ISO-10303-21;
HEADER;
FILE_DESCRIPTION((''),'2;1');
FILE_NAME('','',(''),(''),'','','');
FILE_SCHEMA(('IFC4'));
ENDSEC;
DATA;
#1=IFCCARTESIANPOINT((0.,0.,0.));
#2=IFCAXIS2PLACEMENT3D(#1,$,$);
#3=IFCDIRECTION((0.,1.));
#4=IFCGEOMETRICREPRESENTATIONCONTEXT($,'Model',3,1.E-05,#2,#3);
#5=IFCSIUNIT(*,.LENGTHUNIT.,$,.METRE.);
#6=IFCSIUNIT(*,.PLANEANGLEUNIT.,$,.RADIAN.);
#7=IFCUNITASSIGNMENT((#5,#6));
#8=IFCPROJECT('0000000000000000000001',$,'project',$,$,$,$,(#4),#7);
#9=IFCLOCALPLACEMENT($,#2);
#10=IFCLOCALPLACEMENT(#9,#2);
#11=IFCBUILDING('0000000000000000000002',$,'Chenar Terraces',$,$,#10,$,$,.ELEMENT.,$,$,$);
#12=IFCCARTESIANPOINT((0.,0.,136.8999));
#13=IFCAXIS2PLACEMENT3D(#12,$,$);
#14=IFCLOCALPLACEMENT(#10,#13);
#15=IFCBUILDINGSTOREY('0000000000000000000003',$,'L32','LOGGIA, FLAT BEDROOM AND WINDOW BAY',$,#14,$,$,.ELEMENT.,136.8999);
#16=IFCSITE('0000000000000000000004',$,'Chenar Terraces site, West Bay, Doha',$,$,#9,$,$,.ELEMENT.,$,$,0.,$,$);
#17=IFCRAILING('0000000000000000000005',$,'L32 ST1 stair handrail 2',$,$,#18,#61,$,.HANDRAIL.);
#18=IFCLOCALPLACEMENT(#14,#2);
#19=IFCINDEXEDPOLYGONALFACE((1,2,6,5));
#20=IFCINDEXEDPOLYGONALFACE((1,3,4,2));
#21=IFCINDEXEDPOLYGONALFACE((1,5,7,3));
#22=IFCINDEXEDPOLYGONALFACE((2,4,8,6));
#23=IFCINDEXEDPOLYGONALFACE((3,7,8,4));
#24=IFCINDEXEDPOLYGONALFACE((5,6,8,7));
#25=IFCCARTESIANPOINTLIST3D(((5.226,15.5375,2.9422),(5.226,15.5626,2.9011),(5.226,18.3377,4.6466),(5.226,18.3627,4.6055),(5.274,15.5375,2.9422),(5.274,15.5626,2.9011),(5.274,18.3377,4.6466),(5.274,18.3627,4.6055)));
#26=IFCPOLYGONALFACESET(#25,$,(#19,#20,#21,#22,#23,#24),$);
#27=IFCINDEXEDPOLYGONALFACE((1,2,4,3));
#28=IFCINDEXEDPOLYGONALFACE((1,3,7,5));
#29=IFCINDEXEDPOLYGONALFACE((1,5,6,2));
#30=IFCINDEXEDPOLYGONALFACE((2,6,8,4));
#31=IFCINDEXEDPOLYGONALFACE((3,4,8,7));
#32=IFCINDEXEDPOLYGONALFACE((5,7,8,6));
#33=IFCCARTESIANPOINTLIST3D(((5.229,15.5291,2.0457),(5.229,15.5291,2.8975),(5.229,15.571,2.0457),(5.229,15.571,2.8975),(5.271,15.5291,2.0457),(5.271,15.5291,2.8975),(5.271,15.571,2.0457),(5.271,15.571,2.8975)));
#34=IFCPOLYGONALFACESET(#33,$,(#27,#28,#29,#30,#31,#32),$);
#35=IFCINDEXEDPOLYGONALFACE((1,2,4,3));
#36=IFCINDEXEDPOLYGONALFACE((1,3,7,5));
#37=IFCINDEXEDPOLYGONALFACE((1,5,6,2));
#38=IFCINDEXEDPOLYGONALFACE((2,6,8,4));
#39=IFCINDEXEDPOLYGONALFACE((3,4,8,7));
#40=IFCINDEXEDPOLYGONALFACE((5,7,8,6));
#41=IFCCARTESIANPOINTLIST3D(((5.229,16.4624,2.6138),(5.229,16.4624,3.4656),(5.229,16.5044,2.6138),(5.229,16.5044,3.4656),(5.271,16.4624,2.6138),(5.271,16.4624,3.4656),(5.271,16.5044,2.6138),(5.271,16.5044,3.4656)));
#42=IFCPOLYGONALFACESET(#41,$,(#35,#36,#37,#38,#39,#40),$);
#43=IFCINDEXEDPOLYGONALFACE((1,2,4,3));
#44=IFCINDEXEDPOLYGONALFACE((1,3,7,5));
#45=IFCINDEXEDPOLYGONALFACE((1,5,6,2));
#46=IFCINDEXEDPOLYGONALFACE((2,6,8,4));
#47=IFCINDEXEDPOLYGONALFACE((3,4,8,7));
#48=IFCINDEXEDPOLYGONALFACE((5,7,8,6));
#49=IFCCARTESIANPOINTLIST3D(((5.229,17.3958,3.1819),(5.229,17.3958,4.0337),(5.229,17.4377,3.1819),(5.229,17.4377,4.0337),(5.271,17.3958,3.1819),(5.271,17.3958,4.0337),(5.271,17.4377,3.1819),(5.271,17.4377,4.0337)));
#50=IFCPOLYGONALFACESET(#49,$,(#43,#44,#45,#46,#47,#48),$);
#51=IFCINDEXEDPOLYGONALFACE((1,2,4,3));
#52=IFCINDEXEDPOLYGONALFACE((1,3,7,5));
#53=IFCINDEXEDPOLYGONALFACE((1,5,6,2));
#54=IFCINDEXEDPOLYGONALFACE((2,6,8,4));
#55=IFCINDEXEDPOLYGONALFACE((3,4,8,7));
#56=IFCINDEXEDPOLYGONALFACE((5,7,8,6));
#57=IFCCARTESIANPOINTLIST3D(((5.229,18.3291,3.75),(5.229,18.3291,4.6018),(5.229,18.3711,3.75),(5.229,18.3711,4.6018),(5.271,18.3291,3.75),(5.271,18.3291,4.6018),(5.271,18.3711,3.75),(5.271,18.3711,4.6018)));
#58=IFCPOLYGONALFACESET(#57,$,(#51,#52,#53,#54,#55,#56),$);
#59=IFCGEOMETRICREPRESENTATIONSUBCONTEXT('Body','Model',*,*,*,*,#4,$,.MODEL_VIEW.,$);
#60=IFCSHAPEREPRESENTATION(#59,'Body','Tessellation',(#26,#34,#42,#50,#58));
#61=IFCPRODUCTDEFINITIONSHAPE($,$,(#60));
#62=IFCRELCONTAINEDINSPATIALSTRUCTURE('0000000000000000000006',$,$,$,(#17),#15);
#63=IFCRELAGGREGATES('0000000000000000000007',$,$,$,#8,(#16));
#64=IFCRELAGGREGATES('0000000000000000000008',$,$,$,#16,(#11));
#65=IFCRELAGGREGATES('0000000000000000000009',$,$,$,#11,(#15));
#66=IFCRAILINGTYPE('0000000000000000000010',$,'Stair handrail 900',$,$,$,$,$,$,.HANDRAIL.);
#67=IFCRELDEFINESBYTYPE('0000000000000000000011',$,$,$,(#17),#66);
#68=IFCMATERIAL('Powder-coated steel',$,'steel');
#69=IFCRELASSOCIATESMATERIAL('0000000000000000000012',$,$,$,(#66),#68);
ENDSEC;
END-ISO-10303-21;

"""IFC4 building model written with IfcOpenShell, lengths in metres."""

from ifc_helpers import new_model, si_unit, direction, frame, origin, origin_2d, place, context, subcontext, project, spatial, rectangle, extrude, material, type_object, element, save


model = new_model("IFC4")

# Units and contexts
model_context = context("Model", 3, precision=1e-05, world=origin(), true_north=direction((0.0, 1.0)))
body_context = subcontext(model_context, "Body", "Model", "MODEL_VIEW")
ifc_project = project(units=[si_unit("LENGTHUNIT", "METRE"), si_unit("PLANEANGLEUNIT", "RADIAN")], contexts=[model_context])

# Site, building, storey
site_placement = place(None, origin())
site = spatial("IfcSite", under=ifc_project, at=site_placement, Name="Chenar Terraces site, West Bay, Doha", CompositionType="ELEMENT", RefElevation=0.0)
building_placement = place(site_placement, origin())
building = spatial("IfcBuilding", under=site, at=building_placement, Name="Chenar Terraces", CompositionType="ELEMENT")
storey_placement = place(building_placement, frame((0.0, 0.0, 136.8999)))
storey = spatial("IfcBuildingStorey", under=building, at=storey_placement, Name="L32", Description="LOGGIA, FLAT BEDROOM AND WINDOW BAY", CompositionType="ELEMENT", Elevation=136.8999)

# Railing
ifc_material_1 = material(Name="Powder-coated steel", Category="steel")
railing_type_1 = type_object("IfcRailingType", Name="Stair handrail 900", PredefinedType="HANDRAIL", material=ifc_material_1)
railing_1_placement = place(storey_placement, frame((5.25, 15.55, 2.0457)))
element("IfcRailing", 1, at=railing_1_placement, inside=storey, type_object=railing_type_1, Name="L32 ST1 stair handrail 2", PredefinedType="HANDRAIL", context=body_context, shape_type="SweptSolid", body=[
    extrude(rectangle(XDim=0.0481, YDim=0.0481, at=origin_2d()), frame((0.0, 0.0, 0.876), z_axis=(0.0, 0.854203, 0.51994), x_axis=(-1.0, 0.0, 0.0)), (0.0, 0.0, 1.0), 3.2781),
    extrude(rectangle(XDim=0.042, YDim=0.042, at=origin_2d()), origin(), (0.0, 0.0, 1.0), 0.8518),
    extrude(rectangle(XDim=0.042, YDim=0.042, at=origin_2d()), frame((0.0, 0.9333, 0.5681)), (0.0, 0.0, 1.0), 0.8518),
    extrude(rectangle(XDim=0.042, YDim=0.042, at=origin_2d()), frame((0.0, 1.8667, 1.1362)), (0.0, 0.0, 1.0), 0.8518),
    extrude(rectangle(XDim=0.042, YDim=0.042, at=origin_2d()), frame((0.0, 2.8, 1.7043)), (0.0, 0.0, 1.0), 0.8518),
])

save(model, "model.ifc")
